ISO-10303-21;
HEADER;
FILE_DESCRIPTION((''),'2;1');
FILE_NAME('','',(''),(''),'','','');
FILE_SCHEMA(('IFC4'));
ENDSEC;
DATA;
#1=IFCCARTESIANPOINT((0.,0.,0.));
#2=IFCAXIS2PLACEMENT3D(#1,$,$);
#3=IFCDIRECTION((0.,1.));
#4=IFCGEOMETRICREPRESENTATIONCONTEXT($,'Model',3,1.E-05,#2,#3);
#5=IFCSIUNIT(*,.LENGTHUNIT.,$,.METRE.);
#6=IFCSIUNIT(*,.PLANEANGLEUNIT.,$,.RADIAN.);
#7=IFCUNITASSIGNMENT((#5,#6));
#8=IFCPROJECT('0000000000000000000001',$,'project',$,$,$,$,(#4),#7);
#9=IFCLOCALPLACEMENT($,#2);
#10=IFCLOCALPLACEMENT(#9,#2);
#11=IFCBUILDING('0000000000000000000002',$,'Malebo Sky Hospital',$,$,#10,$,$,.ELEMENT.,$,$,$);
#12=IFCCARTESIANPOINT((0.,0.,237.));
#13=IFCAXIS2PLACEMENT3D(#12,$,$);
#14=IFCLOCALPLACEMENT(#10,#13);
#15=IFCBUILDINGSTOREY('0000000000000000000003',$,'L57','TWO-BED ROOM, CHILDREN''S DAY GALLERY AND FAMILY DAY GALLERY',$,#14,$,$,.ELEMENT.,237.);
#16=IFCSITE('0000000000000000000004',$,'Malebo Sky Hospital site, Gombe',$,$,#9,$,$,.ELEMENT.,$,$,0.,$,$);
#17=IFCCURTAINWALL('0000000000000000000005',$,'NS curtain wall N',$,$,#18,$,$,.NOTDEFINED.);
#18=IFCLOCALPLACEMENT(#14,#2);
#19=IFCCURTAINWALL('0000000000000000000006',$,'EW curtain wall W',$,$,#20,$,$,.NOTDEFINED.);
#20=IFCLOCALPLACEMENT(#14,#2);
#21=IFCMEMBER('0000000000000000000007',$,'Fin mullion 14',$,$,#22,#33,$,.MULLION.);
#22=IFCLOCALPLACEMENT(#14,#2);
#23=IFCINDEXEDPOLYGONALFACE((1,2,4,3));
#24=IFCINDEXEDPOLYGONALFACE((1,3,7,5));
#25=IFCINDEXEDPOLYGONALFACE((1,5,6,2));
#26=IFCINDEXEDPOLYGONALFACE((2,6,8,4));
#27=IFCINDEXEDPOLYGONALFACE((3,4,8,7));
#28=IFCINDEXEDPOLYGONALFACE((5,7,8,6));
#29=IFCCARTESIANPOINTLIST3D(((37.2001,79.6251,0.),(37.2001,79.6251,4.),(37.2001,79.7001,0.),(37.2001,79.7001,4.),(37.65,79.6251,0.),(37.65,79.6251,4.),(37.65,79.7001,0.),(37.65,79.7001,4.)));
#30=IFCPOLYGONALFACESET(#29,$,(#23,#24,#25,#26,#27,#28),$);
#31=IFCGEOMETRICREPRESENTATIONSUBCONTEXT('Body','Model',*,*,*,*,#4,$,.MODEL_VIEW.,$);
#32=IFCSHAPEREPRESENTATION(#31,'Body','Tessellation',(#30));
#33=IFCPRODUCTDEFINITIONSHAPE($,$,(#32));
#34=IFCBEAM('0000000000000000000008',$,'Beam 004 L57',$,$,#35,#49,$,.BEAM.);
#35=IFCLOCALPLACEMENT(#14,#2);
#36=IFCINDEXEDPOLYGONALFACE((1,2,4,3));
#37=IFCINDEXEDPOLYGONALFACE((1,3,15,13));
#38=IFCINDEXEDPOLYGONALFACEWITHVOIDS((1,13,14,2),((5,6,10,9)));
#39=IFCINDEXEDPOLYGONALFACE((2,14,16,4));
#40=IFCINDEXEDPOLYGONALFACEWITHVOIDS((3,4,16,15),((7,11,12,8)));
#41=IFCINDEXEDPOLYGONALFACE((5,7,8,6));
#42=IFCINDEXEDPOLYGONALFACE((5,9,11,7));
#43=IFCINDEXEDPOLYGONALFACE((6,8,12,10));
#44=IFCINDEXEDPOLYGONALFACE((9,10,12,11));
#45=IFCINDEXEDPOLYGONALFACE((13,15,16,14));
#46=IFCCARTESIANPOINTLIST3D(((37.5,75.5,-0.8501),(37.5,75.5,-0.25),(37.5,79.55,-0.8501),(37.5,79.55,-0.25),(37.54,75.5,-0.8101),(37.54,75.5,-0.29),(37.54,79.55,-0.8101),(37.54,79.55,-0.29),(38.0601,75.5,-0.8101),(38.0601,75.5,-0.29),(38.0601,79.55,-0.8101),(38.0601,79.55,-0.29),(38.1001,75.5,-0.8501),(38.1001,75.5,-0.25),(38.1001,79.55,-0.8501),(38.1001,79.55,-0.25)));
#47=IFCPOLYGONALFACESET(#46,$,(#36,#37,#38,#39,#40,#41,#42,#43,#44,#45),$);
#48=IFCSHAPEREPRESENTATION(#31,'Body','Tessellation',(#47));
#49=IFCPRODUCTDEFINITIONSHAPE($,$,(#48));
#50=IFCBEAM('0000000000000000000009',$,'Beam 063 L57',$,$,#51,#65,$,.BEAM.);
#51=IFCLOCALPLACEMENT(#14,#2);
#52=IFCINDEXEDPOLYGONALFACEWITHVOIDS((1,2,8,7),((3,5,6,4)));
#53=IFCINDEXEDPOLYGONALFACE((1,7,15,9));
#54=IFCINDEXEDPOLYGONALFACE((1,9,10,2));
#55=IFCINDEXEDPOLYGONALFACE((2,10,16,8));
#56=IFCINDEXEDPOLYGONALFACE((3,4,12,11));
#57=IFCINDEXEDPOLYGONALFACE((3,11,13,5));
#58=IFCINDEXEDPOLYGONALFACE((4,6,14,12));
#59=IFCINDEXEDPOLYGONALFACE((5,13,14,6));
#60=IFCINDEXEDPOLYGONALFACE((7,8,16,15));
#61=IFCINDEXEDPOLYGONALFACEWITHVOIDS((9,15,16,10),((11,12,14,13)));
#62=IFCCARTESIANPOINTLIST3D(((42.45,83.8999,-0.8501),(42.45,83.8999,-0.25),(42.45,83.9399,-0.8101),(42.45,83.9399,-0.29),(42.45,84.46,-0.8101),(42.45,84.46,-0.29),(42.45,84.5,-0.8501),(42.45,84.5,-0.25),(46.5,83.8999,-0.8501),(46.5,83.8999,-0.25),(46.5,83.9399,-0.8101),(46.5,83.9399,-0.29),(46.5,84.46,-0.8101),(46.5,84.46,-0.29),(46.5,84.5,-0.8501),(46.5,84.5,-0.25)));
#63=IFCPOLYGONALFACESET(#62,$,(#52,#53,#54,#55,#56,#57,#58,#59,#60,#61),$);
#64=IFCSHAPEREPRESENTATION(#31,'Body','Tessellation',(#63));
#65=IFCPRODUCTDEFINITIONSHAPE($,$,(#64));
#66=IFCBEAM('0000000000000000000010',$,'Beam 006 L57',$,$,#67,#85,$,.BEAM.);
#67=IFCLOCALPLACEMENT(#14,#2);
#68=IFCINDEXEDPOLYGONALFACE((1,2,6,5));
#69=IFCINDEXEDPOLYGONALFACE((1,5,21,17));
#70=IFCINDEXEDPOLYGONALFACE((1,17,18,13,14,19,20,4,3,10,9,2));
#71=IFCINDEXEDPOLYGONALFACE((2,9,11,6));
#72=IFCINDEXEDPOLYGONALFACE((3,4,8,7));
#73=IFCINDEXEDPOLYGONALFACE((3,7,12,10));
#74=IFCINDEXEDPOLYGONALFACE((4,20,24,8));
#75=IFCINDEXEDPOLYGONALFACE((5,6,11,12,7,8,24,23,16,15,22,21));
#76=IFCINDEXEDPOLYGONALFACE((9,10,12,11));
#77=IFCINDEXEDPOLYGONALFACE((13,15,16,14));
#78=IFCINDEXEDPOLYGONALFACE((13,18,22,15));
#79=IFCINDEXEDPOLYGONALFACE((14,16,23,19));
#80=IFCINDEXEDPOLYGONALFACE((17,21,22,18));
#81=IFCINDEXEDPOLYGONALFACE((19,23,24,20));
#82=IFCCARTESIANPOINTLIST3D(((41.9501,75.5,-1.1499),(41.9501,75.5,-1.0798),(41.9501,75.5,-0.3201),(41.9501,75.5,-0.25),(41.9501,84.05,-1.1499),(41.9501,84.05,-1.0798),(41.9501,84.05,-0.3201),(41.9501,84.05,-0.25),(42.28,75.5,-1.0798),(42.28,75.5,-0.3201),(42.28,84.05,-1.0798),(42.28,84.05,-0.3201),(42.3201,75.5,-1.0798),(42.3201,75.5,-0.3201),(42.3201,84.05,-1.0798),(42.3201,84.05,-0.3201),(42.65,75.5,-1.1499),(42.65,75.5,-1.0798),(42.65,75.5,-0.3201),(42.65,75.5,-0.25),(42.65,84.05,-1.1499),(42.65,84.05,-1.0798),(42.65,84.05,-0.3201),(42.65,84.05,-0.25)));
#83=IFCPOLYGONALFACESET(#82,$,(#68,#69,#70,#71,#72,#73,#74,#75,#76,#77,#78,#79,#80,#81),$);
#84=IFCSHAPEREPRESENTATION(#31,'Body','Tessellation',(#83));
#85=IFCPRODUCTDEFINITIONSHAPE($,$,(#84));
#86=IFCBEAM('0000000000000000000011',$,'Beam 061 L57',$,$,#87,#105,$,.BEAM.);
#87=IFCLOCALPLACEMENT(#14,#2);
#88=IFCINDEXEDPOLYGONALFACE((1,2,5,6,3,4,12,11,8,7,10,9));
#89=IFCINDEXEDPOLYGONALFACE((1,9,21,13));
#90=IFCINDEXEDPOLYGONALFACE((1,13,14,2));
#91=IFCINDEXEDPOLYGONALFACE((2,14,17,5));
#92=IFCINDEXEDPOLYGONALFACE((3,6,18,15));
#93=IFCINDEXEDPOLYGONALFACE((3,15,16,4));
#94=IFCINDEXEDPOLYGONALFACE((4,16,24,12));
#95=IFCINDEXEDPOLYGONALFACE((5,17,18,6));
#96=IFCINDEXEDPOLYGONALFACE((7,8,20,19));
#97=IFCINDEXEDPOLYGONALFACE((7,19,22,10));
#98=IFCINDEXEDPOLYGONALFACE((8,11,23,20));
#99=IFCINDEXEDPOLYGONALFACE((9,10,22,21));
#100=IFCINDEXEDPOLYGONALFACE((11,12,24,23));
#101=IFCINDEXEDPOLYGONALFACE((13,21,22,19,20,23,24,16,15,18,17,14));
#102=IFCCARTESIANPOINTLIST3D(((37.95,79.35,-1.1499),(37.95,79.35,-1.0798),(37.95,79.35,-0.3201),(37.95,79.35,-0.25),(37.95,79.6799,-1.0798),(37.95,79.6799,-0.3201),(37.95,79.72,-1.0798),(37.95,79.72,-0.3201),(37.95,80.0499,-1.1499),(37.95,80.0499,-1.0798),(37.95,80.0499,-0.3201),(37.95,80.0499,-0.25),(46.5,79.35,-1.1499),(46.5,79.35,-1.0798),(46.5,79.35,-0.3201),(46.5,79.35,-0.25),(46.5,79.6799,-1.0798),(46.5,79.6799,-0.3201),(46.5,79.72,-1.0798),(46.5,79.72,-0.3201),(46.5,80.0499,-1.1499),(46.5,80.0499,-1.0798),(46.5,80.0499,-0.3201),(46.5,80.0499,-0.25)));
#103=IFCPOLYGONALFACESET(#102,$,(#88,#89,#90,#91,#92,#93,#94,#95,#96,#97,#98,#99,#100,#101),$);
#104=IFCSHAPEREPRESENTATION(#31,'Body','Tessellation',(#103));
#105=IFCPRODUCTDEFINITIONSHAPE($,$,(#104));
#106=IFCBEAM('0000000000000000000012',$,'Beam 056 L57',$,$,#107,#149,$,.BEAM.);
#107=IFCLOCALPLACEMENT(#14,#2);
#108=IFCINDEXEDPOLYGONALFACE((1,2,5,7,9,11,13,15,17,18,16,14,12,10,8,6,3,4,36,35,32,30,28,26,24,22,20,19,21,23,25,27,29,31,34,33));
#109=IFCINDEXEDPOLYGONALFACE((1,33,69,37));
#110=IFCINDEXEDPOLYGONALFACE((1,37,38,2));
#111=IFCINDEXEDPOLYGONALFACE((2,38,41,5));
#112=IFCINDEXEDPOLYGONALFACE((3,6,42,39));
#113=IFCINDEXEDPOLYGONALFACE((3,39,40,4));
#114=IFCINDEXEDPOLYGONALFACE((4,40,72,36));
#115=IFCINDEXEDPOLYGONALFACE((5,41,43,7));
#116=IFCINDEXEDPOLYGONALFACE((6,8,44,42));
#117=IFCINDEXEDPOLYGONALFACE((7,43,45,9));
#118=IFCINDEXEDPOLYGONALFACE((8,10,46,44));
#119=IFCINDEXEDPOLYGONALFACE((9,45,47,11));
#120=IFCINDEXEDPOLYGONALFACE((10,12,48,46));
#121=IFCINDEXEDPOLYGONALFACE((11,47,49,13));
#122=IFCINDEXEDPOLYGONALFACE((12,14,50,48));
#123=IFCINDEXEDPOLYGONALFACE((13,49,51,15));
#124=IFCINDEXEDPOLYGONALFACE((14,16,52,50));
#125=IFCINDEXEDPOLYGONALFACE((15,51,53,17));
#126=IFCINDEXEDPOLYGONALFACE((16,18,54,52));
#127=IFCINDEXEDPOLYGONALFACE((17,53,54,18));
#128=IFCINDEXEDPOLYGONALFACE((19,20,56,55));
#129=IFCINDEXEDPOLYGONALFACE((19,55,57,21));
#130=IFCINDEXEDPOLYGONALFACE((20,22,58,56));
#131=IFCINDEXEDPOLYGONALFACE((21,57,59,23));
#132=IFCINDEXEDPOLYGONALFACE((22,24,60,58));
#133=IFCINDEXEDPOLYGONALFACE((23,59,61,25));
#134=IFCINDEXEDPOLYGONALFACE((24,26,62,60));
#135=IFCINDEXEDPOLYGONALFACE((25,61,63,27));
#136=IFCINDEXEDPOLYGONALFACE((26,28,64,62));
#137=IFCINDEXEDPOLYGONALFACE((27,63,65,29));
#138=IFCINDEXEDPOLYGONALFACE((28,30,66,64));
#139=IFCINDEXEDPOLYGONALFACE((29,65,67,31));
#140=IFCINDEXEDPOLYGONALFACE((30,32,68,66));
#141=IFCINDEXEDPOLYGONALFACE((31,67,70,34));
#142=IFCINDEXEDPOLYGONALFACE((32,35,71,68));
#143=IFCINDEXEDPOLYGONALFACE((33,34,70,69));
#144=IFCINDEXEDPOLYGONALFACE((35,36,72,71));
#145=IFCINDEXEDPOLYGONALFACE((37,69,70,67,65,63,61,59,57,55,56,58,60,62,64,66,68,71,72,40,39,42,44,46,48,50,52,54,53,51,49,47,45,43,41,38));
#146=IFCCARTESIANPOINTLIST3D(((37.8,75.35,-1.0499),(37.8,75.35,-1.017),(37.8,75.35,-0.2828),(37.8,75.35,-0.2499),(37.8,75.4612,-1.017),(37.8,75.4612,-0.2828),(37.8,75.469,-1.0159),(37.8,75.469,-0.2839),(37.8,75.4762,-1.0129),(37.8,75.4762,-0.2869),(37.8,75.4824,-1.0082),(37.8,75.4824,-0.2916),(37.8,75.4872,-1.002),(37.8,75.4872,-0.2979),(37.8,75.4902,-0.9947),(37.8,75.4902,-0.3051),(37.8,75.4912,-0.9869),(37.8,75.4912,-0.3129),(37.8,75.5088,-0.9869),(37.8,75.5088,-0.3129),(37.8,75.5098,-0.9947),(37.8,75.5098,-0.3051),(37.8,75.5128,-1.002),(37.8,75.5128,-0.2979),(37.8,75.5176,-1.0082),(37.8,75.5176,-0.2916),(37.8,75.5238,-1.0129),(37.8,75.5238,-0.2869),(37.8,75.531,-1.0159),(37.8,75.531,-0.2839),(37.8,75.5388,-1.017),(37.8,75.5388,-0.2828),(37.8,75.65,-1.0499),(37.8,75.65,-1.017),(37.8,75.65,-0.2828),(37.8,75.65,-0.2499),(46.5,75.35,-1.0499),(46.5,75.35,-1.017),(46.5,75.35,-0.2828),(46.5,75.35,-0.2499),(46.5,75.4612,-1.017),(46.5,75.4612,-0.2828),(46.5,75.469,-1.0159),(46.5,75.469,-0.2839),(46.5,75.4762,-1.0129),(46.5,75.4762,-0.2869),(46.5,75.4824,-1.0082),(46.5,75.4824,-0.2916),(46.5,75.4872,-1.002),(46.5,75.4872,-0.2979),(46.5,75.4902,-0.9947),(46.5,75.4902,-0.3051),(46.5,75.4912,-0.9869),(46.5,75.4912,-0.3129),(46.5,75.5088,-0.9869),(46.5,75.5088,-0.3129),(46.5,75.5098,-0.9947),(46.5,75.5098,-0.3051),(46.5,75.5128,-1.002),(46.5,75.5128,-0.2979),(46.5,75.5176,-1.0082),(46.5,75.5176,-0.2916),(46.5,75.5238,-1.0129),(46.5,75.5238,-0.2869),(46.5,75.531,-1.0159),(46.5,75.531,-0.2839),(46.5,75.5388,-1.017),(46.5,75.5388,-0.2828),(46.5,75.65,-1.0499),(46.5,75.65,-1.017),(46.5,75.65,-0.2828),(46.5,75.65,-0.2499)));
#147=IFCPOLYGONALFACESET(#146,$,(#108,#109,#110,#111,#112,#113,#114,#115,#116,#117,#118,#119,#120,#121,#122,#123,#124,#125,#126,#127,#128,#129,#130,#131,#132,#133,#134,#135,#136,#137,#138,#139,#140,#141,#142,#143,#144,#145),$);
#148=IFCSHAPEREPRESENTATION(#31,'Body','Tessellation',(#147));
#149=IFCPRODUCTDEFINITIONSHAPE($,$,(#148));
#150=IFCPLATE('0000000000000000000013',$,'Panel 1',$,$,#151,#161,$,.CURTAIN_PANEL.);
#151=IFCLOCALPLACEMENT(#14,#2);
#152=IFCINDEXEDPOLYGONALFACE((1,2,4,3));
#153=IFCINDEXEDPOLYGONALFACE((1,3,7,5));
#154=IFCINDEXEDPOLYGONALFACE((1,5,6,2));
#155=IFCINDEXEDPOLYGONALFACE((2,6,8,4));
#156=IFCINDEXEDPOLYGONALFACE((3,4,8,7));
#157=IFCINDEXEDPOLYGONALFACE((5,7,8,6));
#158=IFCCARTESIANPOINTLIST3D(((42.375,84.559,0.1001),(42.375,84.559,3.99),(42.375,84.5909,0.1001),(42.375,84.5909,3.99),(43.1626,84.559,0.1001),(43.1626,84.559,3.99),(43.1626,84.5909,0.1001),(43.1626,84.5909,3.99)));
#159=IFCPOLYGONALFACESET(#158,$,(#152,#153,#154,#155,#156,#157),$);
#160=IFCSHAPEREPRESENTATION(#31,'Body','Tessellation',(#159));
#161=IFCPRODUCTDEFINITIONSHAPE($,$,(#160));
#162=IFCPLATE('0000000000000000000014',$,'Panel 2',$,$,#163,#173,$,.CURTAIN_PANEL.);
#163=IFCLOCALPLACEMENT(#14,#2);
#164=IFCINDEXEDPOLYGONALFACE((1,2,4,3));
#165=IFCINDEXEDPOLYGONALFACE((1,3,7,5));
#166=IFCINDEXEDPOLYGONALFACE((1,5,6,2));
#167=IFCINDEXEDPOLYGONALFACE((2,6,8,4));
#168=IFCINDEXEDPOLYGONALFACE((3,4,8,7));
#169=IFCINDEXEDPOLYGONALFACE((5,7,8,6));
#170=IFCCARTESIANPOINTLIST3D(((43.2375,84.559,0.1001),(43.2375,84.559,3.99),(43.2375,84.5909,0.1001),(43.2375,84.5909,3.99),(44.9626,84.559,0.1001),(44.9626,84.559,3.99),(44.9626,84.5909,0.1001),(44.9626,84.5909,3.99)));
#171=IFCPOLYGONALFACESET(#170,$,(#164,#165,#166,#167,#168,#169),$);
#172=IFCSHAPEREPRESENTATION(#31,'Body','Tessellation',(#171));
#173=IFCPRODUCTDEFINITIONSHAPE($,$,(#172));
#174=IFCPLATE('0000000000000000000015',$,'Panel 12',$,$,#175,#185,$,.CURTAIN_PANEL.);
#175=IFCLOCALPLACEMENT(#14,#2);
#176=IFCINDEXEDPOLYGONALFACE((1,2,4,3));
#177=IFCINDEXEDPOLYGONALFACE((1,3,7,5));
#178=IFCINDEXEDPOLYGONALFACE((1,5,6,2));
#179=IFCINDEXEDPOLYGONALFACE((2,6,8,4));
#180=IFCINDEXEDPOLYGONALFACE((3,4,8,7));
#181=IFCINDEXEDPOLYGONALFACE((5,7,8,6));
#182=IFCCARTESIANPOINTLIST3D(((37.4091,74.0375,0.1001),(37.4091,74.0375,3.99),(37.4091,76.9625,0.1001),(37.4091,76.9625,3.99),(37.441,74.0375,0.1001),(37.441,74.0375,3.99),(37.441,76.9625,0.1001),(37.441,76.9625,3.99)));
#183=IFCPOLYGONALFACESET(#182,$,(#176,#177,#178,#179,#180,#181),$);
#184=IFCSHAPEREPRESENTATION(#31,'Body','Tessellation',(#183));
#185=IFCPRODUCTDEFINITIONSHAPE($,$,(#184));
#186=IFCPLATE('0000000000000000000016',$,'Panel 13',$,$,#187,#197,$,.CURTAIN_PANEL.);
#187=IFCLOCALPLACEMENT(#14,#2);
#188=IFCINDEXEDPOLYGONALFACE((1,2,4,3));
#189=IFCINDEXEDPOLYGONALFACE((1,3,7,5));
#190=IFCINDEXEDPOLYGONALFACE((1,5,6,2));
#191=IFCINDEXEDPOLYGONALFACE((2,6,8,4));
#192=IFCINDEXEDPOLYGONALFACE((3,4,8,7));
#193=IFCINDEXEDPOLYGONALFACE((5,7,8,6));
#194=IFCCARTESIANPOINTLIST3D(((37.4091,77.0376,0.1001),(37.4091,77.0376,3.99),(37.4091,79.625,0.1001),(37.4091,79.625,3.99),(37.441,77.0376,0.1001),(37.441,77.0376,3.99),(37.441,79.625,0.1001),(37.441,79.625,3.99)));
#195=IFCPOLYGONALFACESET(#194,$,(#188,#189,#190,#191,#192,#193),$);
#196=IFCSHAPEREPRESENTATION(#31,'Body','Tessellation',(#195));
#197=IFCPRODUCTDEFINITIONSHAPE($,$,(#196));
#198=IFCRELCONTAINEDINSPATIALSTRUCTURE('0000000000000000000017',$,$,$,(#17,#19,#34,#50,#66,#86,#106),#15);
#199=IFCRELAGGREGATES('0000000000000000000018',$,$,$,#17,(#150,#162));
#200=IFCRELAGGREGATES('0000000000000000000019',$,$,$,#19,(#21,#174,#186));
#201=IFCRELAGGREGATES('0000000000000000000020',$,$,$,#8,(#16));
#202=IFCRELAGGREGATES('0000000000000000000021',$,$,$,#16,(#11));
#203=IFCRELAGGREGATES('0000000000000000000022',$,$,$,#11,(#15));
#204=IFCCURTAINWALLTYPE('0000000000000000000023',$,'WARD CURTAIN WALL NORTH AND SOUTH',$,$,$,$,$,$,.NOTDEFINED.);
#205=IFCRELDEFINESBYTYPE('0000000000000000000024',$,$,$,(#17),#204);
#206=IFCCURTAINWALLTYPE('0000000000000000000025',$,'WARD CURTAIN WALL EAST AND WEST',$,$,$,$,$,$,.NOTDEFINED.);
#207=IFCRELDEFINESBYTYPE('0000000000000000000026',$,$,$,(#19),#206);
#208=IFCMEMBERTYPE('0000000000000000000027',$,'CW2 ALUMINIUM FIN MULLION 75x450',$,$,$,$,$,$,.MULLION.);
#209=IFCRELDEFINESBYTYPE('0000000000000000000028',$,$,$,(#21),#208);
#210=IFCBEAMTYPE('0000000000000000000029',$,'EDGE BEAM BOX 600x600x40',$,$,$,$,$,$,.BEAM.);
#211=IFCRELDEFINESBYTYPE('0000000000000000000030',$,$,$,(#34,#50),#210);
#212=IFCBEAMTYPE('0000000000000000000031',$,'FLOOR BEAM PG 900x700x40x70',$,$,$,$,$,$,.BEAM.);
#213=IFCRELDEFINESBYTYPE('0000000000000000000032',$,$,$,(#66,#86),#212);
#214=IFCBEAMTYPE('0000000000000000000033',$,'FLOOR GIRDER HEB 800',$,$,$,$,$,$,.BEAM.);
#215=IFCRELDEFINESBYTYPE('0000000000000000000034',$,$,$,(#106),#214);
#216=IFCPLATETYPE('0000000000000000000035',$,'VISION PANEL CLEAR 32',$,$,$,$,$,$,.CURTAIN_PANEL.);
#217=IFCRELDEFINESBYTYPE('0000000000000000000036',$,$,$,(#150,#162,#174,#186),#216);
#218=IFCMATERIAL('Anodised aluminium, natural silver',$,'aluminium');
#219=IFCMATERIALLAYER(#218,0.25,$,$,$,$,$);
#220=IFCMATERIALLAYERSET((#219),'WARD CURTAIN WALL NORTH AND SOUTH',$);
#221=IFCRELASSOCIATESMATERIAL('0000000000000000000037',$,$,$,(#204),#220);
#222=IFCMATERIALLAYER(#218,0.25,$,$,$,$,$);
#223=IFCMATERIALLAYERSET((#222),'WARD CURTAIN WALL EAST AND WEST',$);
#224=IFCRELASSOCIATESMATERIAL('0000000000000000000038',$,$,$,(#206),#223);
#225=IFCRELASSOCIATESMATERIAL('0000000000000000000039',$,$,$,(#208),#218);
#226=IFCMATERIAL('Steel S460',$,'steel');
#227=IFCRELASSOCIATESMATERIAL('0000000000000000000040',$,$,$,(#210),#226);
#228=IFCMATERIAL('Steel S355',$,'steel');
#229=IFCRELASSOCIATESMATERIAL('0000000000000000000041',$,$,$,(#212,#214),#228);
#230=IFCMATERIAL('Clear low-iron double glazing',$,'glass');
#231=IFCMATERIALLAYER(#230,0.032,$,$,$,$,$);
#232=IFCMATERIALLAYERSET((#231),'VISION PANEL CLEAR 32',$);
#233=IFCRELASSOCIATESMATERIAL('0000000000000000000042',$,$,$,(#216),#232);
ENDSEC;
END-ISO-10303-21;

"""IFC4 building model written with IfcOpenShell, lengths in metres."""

from ifc_helpers import new_model, si_unit, direction, frame, origin, origin_2d, place, context, subcontext, project, spatial, rectangle, hollow_rectangle, i_section, extrude, material, layer, layer_set, material_profile, profile_set, type_object, element, aggregate, save


model = new_model("IFC4")

# Units and contexts
model_context = context("Model", 3, precision=1e-05, world=origin(), true_north=direction((0.0, 1.0)))
body_context = subcontext(model_context, "Body", "Model", "MODEL_VIEW")
ifc_project = project(units=[si_unit("LENGTHUNIT", "METRE"), si_unit("PLANEANGLEUNIT", "RADIAN")], contexts=[model_context])

# Site, building, storey
site_placement = place(None, origin())
site = spatial("IfcSite", under=ifc_project, at=site_placement, Name="Malebo Sky Hospital site, Gombe", CompositionType="ELEMENT", RefElevation=0.0)
building_placement = place(site_placement, origin())
building = spatial("IfcBuilding", under=site, at=building_placement, Name="Malebo Sky Hospital", CompositionType="ELEMENT")
storey_placement = place(building_placement, frame((0.0, 0.0, 237.0)))
storey = spatial("IfcBuildingStorey", under=building, at=storey_placement, Name="L57", Description="TWO-BED ROOM, CHILDREN'S DAY GALLERY AND FAMILY DAY GALLERY", CompositionType="ELEMENT", Elevation=237.0)

# Shared definitions
ifc_material_1 = material(Name="Steel S460", Category="steel")

# Curtain walls
ifc_material_2 = material(Name="Anodised aluminium, natural silver", Category="aluminium")
ifc_layer_1 = layer(ifc_material_2, 0.25)
ifc_layer_set_1 = layer_set([ifc_layer_1], Name="WARD CURTAIN WALL NORTH AND SOUTH")
curtain_wall_type_1 = type_object("IfcCurtainWallType", Name="WARD CURTAIN WALL NORTH AND SOUTH", PredefinedType="NOTDEFINED", material=ifc_layer_set_1)
curtain_wall_1_placement = place(storey_placement, origin())
curtain_wall_1 = element("IfcCurtainWall", 1, at=curtain_wall_1_placement, inside=storey, type_object=curtain_wall_type_1, Name="NS curtain wall N", PredefinedType="NOTDEFINED")
ifc_layer_2 = layer(ifc_material_2, 0.25)
ifc_layer_set_2 = layer_set([ifc_layer_2], Name="WARD CURTAIN WALL EAST AND WEST")
curtain_wall_type_2 = type_object("IfcCurtainWallType", Name="WARD CURTAIN WALL EAST AND WEST", PredefinedType="NOTDEFINED", material=ifc_layer_set_2)
curtain_wall_2_placement = place(storey_placement, origin())
curtain_wall_2 = element("IfcCurtainWall", 2, at=curtain_wall_2_placement, inside=storey, type_object=curtain_wall_type_2, Name="EW curtain wall W", PredefinedType="NOTDEFINED")

# Member
ifc_material_profile_1 = material_profile(ifc_material_2, rectangle(XDim=0.075, YDim=0.45, at=origin_2d()), Name="CW2 ALUMINIUM FIN MULLION 75x450")
ifc_profile_set_1 = profile_set([ifc_material_profile_1], Name="Anodised aluminium, natural silver")
member_type_1 = type_object("IfcMemberType", Name="CW2 ALUMINIUM FIN MULLION 75x450", PredefinedType="MULLION", material=ifc_profile_set_1)
member_1_placement = place(storey_placement, frame((37.425, 79.6626, 0.0), z_axis=(0.0, 0.0, 1.0), x_axis=(0.0, 1.0, 0.0)))
member_1 = element("IfcMember", 3, at=member_1_placement, type_object=member_type_1, Name="Fin mullion 14", PredefinedType="MULLION", context=body_context, shape_type="SweptSolid", body=[
    extrude(rectangle(XDim=0.075, YDim=0.45, at=origin_2d()), origin(), (0.0, 0.0, 1.0), 4.0),
])

# Beams
ifc_material_profile_2 = material_profile(ifc_material_1, hollow_rectangle(XDim=0.6001, YDim=0.6001, WallThickness=0.04, at=origin_2d()), Name="BOX 600x600x40")
ifc_profile_set_2 = profile_set([ifc_material_profile_2], Name="Steel S460")
beam_type_1 = type_object("IfcBeamType", Name="EDGE BEAM BOX 600x600x40", PredefinedType="BEAM", material=ifc_profile_set_2)
for number, where, z_axis, x_axis, name in (
    (4, (37.8, 75.5, -0.55), (0.0, 1.0, 0.0), (-1.0, 0.0, 0.0), "Beam 004 L57"),
    (5, (42.45, 84.2, -0.55), (1.0, 0.0, 0.0), (0.0, 1.0, 0.0), "Beam 063 L57"),
):
    element("IfcBeam", number, at=place(storey_placement, frame(where, z_axis=z_axis, x_axis=x_axis)), inside=storey, type_object=beam_type_1, Name=name, PredefinedType="BEAM", context=body_context, shape_type="SweptSolid", body=[
        extrude(hollow_rectangle(XDim=0.6001, YDim=0.6001, WallThickness=0.04, at=origin_2d()), origin(), (0.0, 0.0, 1.0), 4.05),
    ])
ifc_material_3 = material(Name="Steel S355", Category="steel")
ifc_material_profile_3 = material_profile(ifc_material_3, i_section(OverallWidth=0.7, OverallDepth=0.8999, WebThickness=0.04, FlangeThickness=0.0701, at=origin_2d()), Name="PG 900x700x40x70")
ifc_profile_set_3 = profile_set([ifc_material_profile_3], Name="Steel S355")
beam_type_2 = type_object("IfcBeamType", Name="FLOOR BEAM PG 900x700x40x70", PredefinedType="BEAM", material=ifc_profile_set_3)
for number, where, z_axis, x_axis, name in (
    (6, (42.3, 75.5, -0.7), (0.0, 1.0, 0.0), (-1.0, 0.0, 0.0), "Beam 006 L57"),
    (7, (37.95, 79.7, -0.7), (1.0, 0.0, 0.0), (0.0, 1.0, 0.0), "Beam 061 L57"),
):
    element("IfcBeam", number, at=place(storey_placement, frame(where, z_axis=z_axis, x_axis=x_axis)), inside=storey, type_object=beam_type_2, Name=name, PredefinedType="BEAM", context=body_context, shape_type="SweptSolid", body=[
        extrude(i_section(OverallWidth=0.7, OverallDepth=0.8999, WebThickness=0.04, FlangeThickness=0.0701, at=origin_2d()), origin(), (0.0, 0.0, 1.0), 8.55),
    ])
ifc_material_profile_4 = material_profile(ifc_material_3, i_section(OverallWidth=0.3, OverallDepth=0.8, WebThickness=0.0176, FlangeThickness=0.033, FilletRadius=0.03, at=origin_2d()), Name="HEB 800")
ifc_profile_set_4 = profile_set([ifc_material_profile_4], Name="Steel S355")
beam_type_3 = type_object("IfcBeamType", Name="FLOOR GIRDER HEB 800", PredefinedType="BEAM", material=ifc_profile_set_4)
beam_placement = place(storey_placement, frame((37.8, 75.5, -0.6499), z_axis=(1.0, 0.0, 0.0), x_axis=(0.0, 1.0, 0.0)))
element("IfcBeam", 8, at=beam_placement, inside=storey, type_object=beam_type_3, Name="Beam 056 L57", PredefinedType="BEAM", context=body_context, shape_type="SweptSolid", body=[
    extrude(i_section(OverallWidth=0.3, OverallDepth=0.8, WebThickness=0.0176, FlangeThickness=0.033, FilletRadius=0.03, at=origin_2d()), origin(), (0.0, 0.0, 1.0), 8.7),
])

# Plates
ifc_material_4 = material(Name="Clear low-iron double glazing", Category="glass")
ifc_layer_3 = layer(ifc_material_4, 0.032)
ifc_layer_set_3 = layer_set([ifc_layer_3], Name="VISION PANEL CLEAR 32")
plate_type = type_object("IfcPlateType", Name="VISION PANEL CLEAR 32", PredefinedType="CURTAIN_PANEL", material=ifc_layer_set_3)
plate_1_placement = place(storey_placement, frame((42.7688, 84.575, 0.1001), z_axis=(0.0, 0.0, 1.0), x_axis=(1.0, 0.0, 0.0)))
plate_1 = element("IfcPlate", 9, at=plate_1_placement, type_object=plate_type, Name="Panel 1", PredefinedType="CURTAIN_PANEL", context=body_context, shape_type="SweptSolid", body=[
    extrude(rectangle(XDim=0.7876, YDim=0.032, at=origin_2d()), origin(), (0.0, 0.0, 1.0), 3.8899),
])
plate_2_placement = place(storey_placement, frame((44.1001, 84.575, 0.1001), z_axis=(0.0, 0.0, 1.0), x_axis=(1.0, 0.0, 0.0)))
plate_2 = element("IfcPlate", 10, at=plate_2_placement, type_object=plate_type, Name="Panel 2", PredefinedType="CURTAIN_PANEL", context=body_context, shape_type="SweptSolid", body=[
    extrude(rectangle(XDim=1.7251, YDim=0.032, at=origin_2d()), origin(), (0.0, 0.0, 1.0), 3.8899),
])
aggregate(curtain_wall_1, [plate_1, plate_2])
plate_3_placement = place(storey_placement, frame((37.425, 75.5, 0.1001), z_axis=(0.0, 0.0, 1.0), x_axis=(0.0, 1.0, 0.0)))
plate_3 = element("IfcPlate", 11, at=plate_3_placement, type_object=plate_type, Name="Panel 12", PredefinedType="CURTAIN_PANEL", context=body_context, shape_type="SweptSolid", body=[
    extrude(rectangle(XDim=2.925, YDim=0.032, at=origin_2d()), origin(), (0.0, 0.0, 1.0), 3.8899),
])
plate_4_placement = place(storey_placement, frame((37.425, 78.3313, 0.1001), z_axis=(0.0, 0.0, 1.0), x_axis=(0.0, 1.0, 0.0)))
plate_4 = element("IfcPlate", 12, at=plate_4_placement, type_object=plate_type, Name="Panel 13", PredefinedType="CURTAIN_PANEL", context=body_context, shape_type="SweptSolid", body=[
    extrude(rectangle(XDim=2.5874, YDim=0.032, at=origin_2d()), origin(), (0.0, 0.0, 1.0), 3.8899),
])
aggregate(curtain_wall_2, [member_1, plate_3, plate_4])

save(model, "model.ifc")
